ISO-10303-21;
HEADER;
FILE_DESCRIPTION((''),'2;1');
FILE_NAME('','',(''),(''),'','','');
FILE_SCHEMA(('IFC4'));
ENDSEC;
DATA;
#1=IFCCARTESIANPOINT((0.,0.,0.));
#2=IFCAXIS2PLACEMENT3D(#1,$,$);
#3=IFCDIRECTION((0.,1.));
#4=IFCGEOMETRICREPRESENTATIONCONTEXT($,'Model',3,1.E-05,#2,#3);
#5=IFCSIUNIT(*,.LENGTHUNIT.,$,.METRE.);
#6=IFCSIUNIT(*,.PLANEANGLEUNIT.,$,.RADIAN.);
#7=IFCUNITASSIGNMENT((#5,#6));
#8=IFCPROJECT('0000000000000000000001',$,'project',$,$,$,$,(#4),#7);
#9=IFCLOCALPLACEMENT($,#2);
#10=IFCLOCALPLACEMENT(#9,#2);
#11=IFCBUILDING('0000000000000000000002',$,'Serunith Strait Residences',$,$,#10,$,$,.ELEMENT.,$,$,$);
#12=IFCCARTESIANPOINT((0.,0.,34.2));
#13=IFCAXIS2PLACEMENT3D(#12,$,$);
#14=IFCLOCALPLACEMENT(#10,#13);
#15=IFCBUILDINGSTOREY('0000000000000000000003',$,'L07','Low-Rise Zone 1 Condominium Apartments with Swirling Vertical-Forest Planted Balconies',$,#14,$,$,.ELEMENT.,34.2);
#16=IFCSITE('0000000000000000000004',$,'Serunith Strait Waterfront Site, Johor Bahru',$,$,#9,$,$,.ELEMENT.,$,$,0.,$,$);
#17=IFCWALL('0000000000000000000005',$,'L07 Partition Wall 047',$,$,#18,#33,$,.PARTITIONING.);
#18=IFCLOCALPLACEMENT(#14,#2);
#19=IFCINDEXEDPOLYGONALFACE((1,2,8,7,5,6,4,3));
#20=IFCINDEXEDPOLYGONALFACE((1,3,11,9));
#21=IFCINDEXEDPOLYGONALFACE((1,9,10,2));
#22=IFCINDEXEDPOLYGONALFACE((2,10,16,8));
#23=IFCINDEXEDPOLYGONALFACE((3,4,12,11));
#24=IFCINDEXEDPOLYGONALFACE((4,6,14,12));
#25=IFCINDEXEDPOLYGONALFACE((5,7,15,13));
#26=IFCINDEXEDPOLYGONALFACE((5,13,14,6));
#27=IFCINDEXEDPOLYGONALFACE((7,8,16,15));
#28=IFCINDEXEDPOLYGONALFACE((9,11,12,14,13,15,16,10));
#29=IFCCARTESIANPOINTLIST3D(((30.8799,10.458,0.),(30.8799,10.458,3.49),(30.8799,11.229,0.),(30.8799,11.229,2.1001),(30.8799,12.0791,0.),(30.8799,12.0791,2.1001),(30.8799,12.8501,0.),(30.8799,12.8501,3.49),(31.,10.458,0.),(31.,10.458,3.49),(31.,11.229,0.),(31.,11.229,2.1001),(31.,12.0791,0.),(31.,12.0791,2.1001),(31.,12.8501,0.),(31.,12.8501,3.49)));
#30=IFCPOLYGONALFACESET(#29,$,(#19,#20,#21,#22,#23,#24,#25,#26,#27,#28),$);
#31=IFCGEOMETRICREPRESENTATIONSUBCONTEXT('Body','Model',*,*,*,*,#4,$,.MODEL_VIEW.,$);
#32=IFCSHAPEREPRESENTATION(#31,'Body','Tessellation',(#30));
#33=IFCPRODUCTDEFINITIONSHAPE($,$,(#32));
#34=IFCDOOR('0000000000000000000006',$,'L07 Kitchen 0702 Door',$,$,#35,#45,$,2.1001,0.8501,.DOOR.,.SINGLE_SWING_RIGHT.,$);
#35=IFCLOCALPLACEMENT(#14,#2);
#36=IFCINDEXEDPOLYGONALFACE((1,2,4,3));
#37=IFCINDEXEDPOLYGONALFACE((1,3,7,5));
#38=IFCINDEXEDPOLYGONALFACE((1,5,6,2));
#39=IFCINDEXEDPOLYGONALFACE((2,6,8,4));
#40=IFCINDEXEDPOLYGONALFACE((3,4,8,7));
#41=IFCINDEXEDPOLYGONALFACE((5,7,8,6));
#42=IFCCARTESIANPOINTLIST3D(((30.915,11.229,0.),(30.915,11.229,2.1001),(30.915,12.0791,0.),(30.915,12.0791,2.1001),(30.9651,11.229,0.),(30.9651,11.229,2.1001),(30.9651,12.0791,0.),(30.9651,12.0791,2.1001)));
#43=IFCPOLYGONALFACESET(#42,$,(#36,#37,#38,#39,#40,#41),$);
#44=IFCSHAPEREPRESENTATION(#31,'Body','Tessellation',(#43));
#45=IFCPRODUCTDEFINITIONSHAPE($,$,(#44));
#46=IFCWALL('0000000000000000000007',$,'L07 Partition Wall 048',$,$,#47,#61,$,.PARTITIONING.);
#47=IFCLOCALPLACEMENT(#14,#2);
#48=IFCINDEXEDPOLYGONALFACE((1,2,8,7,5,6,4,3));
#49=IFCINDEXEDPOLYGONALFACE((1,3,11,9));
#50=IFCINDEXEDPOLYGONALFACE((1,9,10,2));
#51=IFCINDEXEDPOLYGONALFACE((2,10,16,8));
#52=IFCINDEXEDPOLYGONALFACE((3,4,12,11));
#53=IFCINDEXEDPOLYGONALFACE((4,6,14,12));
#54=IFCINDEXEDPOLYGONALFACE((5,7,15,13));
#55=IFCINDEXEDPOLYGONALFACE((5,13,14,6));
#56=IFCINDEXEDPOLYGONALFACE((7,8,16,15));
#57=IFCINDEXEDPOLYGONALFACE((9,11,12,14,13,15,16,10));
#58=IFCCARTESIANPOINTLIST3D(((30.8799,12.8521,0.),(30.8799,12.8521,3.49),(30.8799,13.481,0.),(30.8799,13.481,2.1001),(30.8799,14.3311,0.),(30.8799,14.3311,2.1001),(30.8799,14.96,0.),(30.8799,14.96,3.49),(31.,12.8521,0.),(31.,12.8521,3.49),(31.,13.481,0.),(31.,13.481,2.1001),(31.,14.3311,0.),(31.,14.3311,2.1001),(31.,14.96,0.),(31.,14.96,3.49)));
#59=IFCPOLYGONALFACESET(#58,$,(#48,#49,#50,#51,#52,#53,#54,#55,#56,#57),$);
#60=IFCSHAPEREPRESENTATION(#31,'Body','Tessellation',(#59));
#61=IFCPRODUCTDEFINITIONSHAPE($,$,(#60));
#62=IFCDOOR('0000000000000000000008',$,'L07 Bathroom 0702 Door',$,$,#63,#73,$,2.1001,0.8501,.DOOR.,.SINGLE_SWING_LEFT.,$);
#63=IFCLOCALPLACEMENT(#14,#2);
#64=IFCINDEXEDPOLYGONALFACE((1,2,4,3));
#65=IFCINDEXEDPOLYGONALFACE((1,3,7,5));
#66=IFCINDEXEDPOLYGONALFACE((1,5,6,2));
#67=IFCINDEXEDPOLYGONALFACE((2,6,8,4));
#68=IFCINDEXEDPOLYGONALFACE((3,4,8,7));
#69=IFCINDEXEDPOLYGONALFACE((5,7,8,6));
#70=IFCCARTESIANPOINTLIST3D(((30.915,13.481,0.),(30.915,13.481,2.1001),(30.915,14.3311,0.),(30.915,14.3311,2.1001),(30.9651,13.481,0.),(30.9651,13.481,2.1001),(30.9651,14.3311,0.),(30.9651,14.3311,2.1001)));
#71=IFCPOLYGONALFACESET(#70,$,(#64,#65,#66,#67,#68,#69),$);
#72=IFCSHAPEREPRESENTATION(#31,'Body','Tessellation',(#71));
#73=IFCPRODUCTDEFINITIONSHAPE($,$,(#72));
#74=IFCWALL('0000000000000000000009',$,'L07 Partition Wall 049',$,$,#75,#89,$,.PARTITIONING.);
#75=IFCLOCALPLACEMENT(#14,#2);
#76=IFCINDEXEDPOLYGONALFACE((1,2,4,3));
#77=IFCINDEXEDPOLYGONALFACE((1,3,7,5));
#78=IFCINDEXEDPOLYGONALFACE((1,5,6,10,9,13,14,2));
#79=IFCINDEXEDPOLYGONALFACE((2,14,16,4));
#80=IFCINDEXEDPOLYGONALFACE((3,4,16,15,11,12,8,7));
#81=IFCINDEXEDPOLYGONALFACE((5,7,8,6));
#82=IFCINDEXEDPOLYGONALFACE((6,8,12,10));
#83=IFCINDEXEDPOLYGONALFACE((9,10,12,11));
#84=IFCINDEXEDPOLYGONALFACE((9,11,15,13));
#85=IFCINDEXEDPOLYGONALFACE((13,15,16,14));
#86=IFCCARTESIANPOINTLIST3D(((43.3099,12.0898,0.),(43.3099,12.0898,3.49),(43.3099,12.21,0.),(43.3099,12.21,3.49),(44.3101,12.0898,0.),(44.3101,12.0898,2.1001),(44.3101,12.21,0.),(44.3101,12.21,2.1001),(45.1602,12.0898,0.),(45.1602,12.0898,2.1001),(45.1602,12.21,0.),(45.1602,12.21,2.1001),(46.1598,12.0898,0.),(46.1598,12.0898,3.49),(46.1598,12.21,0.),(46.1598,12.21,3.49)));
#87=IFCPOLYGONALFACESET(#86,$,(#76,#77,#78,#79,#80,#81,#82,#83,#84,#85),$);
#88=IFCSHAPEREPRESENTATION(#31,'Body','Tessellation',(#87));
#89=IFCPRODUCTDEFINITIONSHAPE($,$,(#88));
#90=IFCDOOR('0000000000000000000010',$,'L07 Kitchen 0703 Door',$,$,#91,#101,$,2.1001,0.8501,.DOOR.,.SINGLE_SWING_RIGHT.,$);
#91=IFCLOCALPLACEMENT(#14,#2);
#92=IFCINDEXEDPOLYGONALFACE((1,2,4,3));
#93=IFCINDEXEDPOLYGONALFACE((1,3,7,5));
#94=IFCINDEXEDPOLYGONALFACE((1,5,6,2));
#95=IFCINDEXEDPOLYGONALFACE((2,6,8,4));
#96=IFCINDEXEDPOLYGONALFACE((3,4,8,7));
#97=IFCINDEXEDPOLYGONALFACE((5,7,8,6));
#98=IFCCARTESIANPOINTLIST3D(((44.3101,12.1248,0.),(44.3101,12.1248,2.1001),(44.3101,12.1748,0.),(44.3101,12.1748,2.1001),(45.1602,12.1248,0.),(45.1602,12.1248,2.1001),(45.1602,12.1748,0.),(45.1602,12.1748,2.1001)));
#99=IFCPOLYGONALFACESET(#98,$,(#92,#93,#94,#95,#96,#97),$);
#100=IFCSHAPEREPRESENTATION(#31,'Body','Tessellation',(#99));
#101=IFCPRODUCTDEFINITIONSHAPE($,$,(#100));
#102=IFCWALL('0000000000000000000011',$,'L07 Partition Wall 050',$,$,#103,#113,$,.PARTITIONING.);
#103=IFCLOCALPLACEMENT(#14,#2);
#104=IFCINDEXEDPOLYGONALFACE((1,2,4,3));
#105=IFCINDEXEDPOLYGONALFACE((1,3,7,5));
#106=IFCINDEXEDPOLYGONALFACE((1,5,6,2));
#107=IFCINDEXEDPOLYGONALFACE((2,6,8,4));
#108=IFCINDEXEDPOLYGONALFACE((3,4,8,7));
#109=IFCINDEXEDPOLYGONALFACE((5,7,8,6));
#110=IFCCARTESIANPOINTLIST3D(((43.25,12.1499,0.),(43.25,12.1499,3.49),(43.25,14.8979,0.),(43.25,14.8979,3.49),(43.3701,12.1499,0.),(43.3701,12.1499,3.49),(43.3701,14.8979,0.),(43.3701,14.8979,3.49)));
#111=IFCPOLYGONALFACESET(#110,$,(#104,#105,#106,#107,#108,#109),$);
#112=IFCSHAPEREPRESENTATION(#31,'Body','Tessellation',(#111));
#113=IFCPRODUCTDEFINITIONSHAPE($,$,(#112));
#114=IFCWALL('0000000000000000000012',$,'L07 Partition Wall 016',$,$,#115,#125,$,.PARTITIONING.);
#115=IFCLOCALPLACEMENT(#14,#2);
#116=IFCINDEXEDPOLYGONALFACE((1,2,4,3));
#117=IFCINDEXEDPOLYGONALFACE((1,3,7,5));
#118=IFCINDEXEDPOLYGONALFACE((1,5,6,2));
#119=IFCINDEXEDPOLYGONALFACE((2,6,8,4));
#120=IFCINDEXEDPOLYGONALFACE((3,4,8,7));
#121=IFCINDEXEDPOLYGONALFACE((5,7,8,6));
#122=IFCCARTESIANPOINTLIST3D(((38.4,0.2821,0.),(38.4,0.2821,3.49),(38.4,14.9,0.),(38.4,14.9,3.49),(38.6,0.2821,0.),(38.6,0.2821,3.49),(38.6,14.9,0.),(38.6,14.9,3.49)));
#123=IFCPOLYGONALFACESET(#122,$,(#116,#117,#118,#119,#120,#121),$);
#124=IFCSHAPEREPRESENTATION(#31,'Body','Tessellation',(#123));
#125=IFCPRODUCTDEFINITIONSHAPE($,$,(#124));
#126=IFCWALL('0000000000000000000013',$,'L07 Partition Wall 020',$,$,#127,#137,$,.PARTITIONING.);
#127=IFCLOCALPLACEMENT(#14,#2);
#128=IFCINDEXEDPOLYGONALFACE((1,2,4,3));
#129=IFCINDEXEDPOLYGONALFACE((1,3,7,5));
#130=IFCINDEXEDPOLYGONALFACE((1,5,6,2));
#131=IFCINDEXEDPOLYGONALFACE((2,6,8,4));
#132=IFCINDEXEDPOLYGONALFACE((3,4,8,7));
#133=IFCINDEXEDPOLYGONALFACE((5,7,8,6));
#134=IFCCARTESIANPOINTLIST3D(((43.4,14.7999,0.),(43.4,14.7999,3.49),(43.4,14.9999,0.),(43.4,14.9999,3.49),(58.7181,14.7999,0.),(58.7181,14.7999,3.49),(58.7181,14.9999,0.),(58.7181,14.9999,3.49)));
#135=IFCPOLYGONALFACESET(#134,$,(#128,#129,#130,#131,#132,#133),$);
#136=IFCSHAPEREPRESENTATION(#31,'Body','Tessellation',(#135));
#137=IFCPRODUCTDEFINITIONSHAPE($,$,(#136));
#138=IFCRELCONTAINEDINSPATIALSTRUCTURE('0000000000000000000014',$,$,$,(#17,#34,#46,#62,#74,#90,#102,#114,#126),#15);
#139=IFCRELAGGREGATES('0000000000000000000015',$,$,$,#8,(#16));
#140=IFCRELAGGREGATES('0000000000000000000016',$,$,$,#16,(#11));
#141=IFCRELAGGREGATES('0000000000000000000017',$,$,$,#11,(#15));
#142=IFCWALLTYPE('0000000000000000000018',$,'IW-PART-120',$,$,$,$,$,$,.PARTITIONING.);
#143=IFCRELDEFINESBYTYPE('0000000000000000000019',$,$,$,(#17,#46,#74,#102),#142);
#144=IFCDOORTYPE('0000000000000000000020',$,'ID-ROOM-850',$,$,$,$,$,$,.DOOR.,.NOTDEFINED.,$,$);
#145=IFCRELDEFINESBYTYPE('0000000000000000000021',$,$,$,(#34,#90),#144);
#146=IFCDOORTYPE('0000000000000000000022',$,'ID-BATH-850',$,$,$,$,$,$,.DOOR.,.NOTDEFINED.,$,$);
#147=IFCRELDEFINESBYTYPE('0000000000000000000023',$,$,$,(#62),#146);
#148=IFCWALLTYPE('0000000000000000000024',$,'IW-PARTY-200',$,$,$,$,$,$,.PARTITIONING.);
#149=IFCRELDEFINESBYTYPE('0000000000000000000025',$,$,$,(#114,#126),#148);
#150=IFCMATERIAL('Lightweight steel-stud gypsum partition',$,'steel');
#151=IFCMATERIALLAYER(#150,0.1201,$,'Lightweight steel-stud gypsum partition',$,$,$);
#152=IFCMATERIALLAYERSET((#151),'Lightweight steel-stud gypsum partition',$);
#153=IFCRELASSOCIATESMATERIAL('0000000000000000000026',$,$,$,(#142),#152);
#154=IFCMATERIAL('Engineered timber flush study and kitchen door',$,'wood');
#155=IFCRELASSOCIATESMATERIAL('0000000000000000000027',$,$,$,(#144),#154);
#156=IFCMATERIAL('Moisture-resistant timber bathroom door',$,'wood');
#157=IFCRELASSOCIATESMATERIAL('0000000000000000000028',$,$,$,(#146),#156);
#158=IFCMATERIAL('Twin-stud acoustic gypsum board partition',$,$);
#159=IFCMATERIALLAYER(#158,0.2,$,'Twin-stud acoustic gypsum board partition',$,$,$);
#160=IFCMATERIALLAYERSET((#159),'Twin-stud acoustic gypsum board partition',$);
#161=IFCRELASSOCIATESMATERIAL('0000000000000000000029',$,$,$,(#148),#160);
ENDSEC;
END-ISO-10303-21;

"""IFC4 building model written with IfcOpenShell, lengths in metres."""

from ifc_helpers import new_model, si_unit, direction, frame, frame_2d, origin, place, context, subcontext, project, spatial, rectangle, extrude, source, transform, mapped, material, layer, layer_set, type_object, element, fill, save


model = new_model("IFC4")

# Units and contexts
model_context = context("Model", 3, precision=1e-05, world=origin(), true_north=direction((0.0, 1.0)))
body_context = subcontext(model_context, "Body", "Model", "MODEL_VIEW")
ifc_project = project(units=[si_unit("LENGTHUNIT", "METRE"), si_unit("PLANEANGLEUNIT", "RADIAN")], contexts=[model_context])

# Site, building, storey
site_placement = place(None, origin())
site = spatial("IfcSite", under=ifc_project, at=site_placement, Name="Serunith Strait Waterfront Site, Johor Bahru", CompositionType="ELEMENT", RefElevation=0.0)
building_placement = place(site_placement, origin())
building = spatial("IfcBuilding", under=site, at=building_placement, Name="Serunith Strait Residences", CompositionType="ELEMENT")
storey_placement = place(building_placement, frame((0.0, 0.0, 34.2)))
storey = spatial("IfcBuildingStorey", under=building, at=storey_placement, Name="L07", Description="Low-Rise Zone 1 Condominium Apartments with Swirling Vertical-Forest Planted Balconies", CompositionType="ELEMENT", Elevation=34.2)

# Shared definitions
ifc_material_1 = material(Name="Lightweight steel-stud gypsum partition", Category="steel")
ifc_layer_1 = layer(ifc_material_1, 0.1201, Name="Lightweight steel-stud gypsum partition")
ifc_layer_set_1 = layer_set([ifc_layer_1], Name="Lightweight steel-stud gypsum partition")
wall_type_1 = type_object("IfcWallType", Name="IW-PART-120", PredefinedType="PARTITIONING", material=ifc_layer_set_1)

# Walls, openings, doors
ifc_material_2 = material(Name="Engineered timber flush study and kitchen door", Category="wood")
door_type_1 = type_object("IfcDoorType", Name="ID-ROOM-850", OperationType="NOTDEFINED", PredefinedType="DOOR", material=ifc_material_2)
shared_shape_1 = source(origin(), body_context, "Body", "SweptSolid", [
    extrude(rectangle(XDim=0.8501, YDim=2.1001, at=frame_2d((0.425, 1.05))), frame((0.0, 0.0249, 0.0), z_axis=(0.0, -1.0, 0.0), x_axis=(1.0, 0.0, 0.0)), (0.0, 0.0, 1.0), 0.05),
])
wall_1_placement = place(storey_placement, frame((30.9399, 10.458, 0.0), z_axis=(0.0, 0.0, 1.0), x_axis=(0.0, 1.0, 0.0)))
wall_1 = element("IfcWall", 1, at=wall_1_placement, inside=storey, type_object=wall_type_1, Name="L07 Partition Wall 047", PredefinedType="PARTITIONING", context=body_context, shape_type="SweptSolid", body=[
    extrude(rectangle(XDim=2.3921, YDim=0.1201, at=frame_2d((1.196, 0.0))), origin(), (0.0, 0.0, 1.0), 3.49),
])
opening_1_placement = place(wall_1_placement, frame((0.771, 0.0, 0.0)))
opening_1 = element("IfcOpeningElement", 2, at=opening_1_placement, cuts=wall_1, PredefinedType="OPENING", context=body_context, shape_type="SweptSolid", body=[
    extrude(rectangle(XDim=0.8501, YDim=2.1001, at=frame_2d((0.425, 1.05))), frame((0.0, 0.0701, 0.0), z_axis=(0.0, -1.0, 0.0), x_axis=(1.0, 0.0, 0.0)), (0.0, 0.0, 1.0), 0.1401),
])
door_1_placement = place(opening_1_placement, origin())
door_1 = element("IfcDoor", 3, at=door_1_placement, inside=storey, type_object=door_type_1, Name="L07 Kitchen 0702 Door", OperationType="SINGLE_SWING_RIGHT", OverallHeight=2.1001, OverallWidth=0.8501, PredefinedType="DOOR", context=body_context, shape_type="MappedRepresentation", body=[
    mapped(shared_shape_1, transform((0.0, 0.0, 0.0), scale=1.0)),
])
fill(opening_1, door_1)
wall_2_placement = place(storey_placement, frame((30.9399, 12.8521, 0.0), z_axis=(0.0, 0.0, 1.0), x_axis=(0.0, 1.0, 0.0)))
wall_2 = element("IfcWall", 4, at=wall_2_placement, inside=storey, type_object=wall_type_1, Name="L07 Partition Wall 048", PredefinedType="PARTITIONING", context=body_context, shape_type="SweptSolid", body=[
    extrude(rectangle(XDim=2.1079, YDim=0.1201, at=frame_2d((1.054, 0.0))), origin(), (0.0, 0.0, 1.0), 3.49),
])
opening_2_placement = place(wall_2_placement, frame((0.6289, 0.0, 0.0)))
opening_2 = element("IfcOpeningElement", 5, at=opening_2_placement, cuts=wall_2, PredefinedType="OPENING", context=body_context, shape_type="SweptSolid", body=[
    extrude(rectangle(XDim=0.8501, YDim=2.1001, at=frame_2d((0.425, 1.05))), frame((0.0, 0.0701, 0.0), z_axis=(0.0, -1.0, 0.0), x_axis=(1.0, 0.0, 0.0)), (0.0, 0.0, 1.0), 0.1401),
])
ifc_material_3 = material(Name="Moisture-resistant timber bathroom door", Category="wood")
door_type_2 = type_object("IfcDoorType", Name="ID-BATH-850", OperationType="NOTDEFINED", PredefinedType="DOOR", material=ifc_material_3)
door_2_placement = place(opening_2_placement, origin())
door_2 = element("IfcDoor", 6, at=door_2_placement, inside=storey, type_object=door_type_2, Name="L07 Bathroom 0702 Door", OperationType="SINGLE_SWING_LEFT", OverallHeight=2.1001, OverallWidth=0.8501, PredefinedType="DOOR", context=body_context, shape_type="MappedRepresentation", body=[
    mapped(shared_shape_1, transform((0.0, 0.0, 0.0), scale=1.0)),
])
fill(opening_2, door_2)
wall_3_placement = place(storey_placement, frame((43.3101, 12.1499, 0.0), z_axis=(0.0, 0.0, 1.0), x_axis=(1.0, 0.0, 0.0)))
wall_3 = element("IfcWall", 7, at=wall_3_placement, inside=storey, type_object=wall_type_1, Name="L07 Partition Wall 049", PredefinedType="PARTITIONING", context=body_context, shape_type="SweptSolid", body=[
    extrude(rectangle(XDim=2.8499, YDim=0.1201, at=frame_2d((1.4248, 0.0))), origin(), (0.0, 0.0, 1.0), 3.49),
])
opening_3_placement = place(wall_3_placement, frame((1.0, 0.0, 0.0)))
opening_3 = element("IfcOpeningElement", 8, at=opening_3_placement, cuts=wall_3, PredefinedType="OPENING", context=body_context, shape_type="SweptSolid", body=[
    extrude(rectangle(XDim=0.8501, YDim=2.1001, at=frame_2d((0.425, 1.05))), frame((0.0, 0.0701, 0.0), z_axis=(0.0, -1.0, 0.0), x_axis=(1.0, 0.0, 0.0)), (0.0, 0.0, 1.0), 0.1401),
])
door_3_placement = place(opening_3_placement, origin())
door_3 = element("IfcDoor", 9, at=door_3_placement, inside=storey, type_object=door_type_1, Name="L07 Kitchen 0703 Door", OperationType="SINGLE_SWING_RIGHT", OverallHeight=2.1001, OverallWidth=0.8501, PredefinedType="DOOR", context=body_context, shape_type="MappedRepresentation", body=[
    mapped(shared_shape_1, transform((0.0, 0.0, 0.0), scale=1.0)),
])
fill(opening_3, door_3)

# Walls
wall_4_placement = place(storey_placement, frame((43.3101, 12.1499, 0.0), z_axis=(0.0, 0.0, 1.0), x_axis=(0.0, 1.0, 0.0)))
element("IfcWall", 10, at=wall_4_placement, inside=storey, type_object=wall_type_1, Name="L07 Partition Wall 050", PredefinedType="PARTITIONING", context=body_context, shape_type="SweptSolid", body=[
    extrude(rectangle(XDim=2.748, YDim=0.1201, at=frame_2d((1.374, 0.0))), origin(), (0.0, 0.0, 1.0), 3.49),
])
ifc_material_4 = material(Name="Twin-stud acoustic gypsum board partition")
ifc_layer_2 = layer(ifc_material_4, 0.2, Name="Twin-stud acoustic gypsum board partition")
ifc_layer_set_2 = layer_set([ifc_layer_2], Name="Twin-stud acoustic gypsum board partition")
wall_type_2 = type_object("IfcWallType", Name="IW-PARTY-200", PredefinedType="PARTITIONING", material=ifc_layer_set_2)
wall_5_placement = place(storey_placement, frame((38.5, 0.282, 0.0), z_axis=(0.0, 0.0, 1.0), x_axis=(0.0, 1.0, 0.0)))
element("IfcWall", 11, at=wall_5_placement, inside=storey, type_object=wall_type_2, Name="L07 Partition Wall 016", PredefinedType="PARTITIONING", context=body_context, shape_type="SweptSolid", body=[
    extrude(rectangle(XDim=14.6179, YDim=0.2, at=frame_2d((7.3091, 0.0))), origin(), (0.0, 0.0, 1.0), 3.49),
])
wall_6_placement = place(storey_placement, frame((43.3999, 14.8999, 0.0), z_axis=(0.0, 0.0, 1.0), x_axis=(1.0, 0.0, 0.0)))
element("IfcWall", 12, at=wall_6_placement, inside=storey, type_object=wall_type_2, Name="L07 Partition Wall 020", PredefinedType="PARTITIONING", context=body_context, shape_type="SweptSolid", body=[
    extrude(rectangle(XDim=15.3181, YDim=0.2, at=frame_2d((7.6592, 0.0))), origin(), (0.0, 0.0, 1.0), 3.49),
])

save(model, "model.ifc")
